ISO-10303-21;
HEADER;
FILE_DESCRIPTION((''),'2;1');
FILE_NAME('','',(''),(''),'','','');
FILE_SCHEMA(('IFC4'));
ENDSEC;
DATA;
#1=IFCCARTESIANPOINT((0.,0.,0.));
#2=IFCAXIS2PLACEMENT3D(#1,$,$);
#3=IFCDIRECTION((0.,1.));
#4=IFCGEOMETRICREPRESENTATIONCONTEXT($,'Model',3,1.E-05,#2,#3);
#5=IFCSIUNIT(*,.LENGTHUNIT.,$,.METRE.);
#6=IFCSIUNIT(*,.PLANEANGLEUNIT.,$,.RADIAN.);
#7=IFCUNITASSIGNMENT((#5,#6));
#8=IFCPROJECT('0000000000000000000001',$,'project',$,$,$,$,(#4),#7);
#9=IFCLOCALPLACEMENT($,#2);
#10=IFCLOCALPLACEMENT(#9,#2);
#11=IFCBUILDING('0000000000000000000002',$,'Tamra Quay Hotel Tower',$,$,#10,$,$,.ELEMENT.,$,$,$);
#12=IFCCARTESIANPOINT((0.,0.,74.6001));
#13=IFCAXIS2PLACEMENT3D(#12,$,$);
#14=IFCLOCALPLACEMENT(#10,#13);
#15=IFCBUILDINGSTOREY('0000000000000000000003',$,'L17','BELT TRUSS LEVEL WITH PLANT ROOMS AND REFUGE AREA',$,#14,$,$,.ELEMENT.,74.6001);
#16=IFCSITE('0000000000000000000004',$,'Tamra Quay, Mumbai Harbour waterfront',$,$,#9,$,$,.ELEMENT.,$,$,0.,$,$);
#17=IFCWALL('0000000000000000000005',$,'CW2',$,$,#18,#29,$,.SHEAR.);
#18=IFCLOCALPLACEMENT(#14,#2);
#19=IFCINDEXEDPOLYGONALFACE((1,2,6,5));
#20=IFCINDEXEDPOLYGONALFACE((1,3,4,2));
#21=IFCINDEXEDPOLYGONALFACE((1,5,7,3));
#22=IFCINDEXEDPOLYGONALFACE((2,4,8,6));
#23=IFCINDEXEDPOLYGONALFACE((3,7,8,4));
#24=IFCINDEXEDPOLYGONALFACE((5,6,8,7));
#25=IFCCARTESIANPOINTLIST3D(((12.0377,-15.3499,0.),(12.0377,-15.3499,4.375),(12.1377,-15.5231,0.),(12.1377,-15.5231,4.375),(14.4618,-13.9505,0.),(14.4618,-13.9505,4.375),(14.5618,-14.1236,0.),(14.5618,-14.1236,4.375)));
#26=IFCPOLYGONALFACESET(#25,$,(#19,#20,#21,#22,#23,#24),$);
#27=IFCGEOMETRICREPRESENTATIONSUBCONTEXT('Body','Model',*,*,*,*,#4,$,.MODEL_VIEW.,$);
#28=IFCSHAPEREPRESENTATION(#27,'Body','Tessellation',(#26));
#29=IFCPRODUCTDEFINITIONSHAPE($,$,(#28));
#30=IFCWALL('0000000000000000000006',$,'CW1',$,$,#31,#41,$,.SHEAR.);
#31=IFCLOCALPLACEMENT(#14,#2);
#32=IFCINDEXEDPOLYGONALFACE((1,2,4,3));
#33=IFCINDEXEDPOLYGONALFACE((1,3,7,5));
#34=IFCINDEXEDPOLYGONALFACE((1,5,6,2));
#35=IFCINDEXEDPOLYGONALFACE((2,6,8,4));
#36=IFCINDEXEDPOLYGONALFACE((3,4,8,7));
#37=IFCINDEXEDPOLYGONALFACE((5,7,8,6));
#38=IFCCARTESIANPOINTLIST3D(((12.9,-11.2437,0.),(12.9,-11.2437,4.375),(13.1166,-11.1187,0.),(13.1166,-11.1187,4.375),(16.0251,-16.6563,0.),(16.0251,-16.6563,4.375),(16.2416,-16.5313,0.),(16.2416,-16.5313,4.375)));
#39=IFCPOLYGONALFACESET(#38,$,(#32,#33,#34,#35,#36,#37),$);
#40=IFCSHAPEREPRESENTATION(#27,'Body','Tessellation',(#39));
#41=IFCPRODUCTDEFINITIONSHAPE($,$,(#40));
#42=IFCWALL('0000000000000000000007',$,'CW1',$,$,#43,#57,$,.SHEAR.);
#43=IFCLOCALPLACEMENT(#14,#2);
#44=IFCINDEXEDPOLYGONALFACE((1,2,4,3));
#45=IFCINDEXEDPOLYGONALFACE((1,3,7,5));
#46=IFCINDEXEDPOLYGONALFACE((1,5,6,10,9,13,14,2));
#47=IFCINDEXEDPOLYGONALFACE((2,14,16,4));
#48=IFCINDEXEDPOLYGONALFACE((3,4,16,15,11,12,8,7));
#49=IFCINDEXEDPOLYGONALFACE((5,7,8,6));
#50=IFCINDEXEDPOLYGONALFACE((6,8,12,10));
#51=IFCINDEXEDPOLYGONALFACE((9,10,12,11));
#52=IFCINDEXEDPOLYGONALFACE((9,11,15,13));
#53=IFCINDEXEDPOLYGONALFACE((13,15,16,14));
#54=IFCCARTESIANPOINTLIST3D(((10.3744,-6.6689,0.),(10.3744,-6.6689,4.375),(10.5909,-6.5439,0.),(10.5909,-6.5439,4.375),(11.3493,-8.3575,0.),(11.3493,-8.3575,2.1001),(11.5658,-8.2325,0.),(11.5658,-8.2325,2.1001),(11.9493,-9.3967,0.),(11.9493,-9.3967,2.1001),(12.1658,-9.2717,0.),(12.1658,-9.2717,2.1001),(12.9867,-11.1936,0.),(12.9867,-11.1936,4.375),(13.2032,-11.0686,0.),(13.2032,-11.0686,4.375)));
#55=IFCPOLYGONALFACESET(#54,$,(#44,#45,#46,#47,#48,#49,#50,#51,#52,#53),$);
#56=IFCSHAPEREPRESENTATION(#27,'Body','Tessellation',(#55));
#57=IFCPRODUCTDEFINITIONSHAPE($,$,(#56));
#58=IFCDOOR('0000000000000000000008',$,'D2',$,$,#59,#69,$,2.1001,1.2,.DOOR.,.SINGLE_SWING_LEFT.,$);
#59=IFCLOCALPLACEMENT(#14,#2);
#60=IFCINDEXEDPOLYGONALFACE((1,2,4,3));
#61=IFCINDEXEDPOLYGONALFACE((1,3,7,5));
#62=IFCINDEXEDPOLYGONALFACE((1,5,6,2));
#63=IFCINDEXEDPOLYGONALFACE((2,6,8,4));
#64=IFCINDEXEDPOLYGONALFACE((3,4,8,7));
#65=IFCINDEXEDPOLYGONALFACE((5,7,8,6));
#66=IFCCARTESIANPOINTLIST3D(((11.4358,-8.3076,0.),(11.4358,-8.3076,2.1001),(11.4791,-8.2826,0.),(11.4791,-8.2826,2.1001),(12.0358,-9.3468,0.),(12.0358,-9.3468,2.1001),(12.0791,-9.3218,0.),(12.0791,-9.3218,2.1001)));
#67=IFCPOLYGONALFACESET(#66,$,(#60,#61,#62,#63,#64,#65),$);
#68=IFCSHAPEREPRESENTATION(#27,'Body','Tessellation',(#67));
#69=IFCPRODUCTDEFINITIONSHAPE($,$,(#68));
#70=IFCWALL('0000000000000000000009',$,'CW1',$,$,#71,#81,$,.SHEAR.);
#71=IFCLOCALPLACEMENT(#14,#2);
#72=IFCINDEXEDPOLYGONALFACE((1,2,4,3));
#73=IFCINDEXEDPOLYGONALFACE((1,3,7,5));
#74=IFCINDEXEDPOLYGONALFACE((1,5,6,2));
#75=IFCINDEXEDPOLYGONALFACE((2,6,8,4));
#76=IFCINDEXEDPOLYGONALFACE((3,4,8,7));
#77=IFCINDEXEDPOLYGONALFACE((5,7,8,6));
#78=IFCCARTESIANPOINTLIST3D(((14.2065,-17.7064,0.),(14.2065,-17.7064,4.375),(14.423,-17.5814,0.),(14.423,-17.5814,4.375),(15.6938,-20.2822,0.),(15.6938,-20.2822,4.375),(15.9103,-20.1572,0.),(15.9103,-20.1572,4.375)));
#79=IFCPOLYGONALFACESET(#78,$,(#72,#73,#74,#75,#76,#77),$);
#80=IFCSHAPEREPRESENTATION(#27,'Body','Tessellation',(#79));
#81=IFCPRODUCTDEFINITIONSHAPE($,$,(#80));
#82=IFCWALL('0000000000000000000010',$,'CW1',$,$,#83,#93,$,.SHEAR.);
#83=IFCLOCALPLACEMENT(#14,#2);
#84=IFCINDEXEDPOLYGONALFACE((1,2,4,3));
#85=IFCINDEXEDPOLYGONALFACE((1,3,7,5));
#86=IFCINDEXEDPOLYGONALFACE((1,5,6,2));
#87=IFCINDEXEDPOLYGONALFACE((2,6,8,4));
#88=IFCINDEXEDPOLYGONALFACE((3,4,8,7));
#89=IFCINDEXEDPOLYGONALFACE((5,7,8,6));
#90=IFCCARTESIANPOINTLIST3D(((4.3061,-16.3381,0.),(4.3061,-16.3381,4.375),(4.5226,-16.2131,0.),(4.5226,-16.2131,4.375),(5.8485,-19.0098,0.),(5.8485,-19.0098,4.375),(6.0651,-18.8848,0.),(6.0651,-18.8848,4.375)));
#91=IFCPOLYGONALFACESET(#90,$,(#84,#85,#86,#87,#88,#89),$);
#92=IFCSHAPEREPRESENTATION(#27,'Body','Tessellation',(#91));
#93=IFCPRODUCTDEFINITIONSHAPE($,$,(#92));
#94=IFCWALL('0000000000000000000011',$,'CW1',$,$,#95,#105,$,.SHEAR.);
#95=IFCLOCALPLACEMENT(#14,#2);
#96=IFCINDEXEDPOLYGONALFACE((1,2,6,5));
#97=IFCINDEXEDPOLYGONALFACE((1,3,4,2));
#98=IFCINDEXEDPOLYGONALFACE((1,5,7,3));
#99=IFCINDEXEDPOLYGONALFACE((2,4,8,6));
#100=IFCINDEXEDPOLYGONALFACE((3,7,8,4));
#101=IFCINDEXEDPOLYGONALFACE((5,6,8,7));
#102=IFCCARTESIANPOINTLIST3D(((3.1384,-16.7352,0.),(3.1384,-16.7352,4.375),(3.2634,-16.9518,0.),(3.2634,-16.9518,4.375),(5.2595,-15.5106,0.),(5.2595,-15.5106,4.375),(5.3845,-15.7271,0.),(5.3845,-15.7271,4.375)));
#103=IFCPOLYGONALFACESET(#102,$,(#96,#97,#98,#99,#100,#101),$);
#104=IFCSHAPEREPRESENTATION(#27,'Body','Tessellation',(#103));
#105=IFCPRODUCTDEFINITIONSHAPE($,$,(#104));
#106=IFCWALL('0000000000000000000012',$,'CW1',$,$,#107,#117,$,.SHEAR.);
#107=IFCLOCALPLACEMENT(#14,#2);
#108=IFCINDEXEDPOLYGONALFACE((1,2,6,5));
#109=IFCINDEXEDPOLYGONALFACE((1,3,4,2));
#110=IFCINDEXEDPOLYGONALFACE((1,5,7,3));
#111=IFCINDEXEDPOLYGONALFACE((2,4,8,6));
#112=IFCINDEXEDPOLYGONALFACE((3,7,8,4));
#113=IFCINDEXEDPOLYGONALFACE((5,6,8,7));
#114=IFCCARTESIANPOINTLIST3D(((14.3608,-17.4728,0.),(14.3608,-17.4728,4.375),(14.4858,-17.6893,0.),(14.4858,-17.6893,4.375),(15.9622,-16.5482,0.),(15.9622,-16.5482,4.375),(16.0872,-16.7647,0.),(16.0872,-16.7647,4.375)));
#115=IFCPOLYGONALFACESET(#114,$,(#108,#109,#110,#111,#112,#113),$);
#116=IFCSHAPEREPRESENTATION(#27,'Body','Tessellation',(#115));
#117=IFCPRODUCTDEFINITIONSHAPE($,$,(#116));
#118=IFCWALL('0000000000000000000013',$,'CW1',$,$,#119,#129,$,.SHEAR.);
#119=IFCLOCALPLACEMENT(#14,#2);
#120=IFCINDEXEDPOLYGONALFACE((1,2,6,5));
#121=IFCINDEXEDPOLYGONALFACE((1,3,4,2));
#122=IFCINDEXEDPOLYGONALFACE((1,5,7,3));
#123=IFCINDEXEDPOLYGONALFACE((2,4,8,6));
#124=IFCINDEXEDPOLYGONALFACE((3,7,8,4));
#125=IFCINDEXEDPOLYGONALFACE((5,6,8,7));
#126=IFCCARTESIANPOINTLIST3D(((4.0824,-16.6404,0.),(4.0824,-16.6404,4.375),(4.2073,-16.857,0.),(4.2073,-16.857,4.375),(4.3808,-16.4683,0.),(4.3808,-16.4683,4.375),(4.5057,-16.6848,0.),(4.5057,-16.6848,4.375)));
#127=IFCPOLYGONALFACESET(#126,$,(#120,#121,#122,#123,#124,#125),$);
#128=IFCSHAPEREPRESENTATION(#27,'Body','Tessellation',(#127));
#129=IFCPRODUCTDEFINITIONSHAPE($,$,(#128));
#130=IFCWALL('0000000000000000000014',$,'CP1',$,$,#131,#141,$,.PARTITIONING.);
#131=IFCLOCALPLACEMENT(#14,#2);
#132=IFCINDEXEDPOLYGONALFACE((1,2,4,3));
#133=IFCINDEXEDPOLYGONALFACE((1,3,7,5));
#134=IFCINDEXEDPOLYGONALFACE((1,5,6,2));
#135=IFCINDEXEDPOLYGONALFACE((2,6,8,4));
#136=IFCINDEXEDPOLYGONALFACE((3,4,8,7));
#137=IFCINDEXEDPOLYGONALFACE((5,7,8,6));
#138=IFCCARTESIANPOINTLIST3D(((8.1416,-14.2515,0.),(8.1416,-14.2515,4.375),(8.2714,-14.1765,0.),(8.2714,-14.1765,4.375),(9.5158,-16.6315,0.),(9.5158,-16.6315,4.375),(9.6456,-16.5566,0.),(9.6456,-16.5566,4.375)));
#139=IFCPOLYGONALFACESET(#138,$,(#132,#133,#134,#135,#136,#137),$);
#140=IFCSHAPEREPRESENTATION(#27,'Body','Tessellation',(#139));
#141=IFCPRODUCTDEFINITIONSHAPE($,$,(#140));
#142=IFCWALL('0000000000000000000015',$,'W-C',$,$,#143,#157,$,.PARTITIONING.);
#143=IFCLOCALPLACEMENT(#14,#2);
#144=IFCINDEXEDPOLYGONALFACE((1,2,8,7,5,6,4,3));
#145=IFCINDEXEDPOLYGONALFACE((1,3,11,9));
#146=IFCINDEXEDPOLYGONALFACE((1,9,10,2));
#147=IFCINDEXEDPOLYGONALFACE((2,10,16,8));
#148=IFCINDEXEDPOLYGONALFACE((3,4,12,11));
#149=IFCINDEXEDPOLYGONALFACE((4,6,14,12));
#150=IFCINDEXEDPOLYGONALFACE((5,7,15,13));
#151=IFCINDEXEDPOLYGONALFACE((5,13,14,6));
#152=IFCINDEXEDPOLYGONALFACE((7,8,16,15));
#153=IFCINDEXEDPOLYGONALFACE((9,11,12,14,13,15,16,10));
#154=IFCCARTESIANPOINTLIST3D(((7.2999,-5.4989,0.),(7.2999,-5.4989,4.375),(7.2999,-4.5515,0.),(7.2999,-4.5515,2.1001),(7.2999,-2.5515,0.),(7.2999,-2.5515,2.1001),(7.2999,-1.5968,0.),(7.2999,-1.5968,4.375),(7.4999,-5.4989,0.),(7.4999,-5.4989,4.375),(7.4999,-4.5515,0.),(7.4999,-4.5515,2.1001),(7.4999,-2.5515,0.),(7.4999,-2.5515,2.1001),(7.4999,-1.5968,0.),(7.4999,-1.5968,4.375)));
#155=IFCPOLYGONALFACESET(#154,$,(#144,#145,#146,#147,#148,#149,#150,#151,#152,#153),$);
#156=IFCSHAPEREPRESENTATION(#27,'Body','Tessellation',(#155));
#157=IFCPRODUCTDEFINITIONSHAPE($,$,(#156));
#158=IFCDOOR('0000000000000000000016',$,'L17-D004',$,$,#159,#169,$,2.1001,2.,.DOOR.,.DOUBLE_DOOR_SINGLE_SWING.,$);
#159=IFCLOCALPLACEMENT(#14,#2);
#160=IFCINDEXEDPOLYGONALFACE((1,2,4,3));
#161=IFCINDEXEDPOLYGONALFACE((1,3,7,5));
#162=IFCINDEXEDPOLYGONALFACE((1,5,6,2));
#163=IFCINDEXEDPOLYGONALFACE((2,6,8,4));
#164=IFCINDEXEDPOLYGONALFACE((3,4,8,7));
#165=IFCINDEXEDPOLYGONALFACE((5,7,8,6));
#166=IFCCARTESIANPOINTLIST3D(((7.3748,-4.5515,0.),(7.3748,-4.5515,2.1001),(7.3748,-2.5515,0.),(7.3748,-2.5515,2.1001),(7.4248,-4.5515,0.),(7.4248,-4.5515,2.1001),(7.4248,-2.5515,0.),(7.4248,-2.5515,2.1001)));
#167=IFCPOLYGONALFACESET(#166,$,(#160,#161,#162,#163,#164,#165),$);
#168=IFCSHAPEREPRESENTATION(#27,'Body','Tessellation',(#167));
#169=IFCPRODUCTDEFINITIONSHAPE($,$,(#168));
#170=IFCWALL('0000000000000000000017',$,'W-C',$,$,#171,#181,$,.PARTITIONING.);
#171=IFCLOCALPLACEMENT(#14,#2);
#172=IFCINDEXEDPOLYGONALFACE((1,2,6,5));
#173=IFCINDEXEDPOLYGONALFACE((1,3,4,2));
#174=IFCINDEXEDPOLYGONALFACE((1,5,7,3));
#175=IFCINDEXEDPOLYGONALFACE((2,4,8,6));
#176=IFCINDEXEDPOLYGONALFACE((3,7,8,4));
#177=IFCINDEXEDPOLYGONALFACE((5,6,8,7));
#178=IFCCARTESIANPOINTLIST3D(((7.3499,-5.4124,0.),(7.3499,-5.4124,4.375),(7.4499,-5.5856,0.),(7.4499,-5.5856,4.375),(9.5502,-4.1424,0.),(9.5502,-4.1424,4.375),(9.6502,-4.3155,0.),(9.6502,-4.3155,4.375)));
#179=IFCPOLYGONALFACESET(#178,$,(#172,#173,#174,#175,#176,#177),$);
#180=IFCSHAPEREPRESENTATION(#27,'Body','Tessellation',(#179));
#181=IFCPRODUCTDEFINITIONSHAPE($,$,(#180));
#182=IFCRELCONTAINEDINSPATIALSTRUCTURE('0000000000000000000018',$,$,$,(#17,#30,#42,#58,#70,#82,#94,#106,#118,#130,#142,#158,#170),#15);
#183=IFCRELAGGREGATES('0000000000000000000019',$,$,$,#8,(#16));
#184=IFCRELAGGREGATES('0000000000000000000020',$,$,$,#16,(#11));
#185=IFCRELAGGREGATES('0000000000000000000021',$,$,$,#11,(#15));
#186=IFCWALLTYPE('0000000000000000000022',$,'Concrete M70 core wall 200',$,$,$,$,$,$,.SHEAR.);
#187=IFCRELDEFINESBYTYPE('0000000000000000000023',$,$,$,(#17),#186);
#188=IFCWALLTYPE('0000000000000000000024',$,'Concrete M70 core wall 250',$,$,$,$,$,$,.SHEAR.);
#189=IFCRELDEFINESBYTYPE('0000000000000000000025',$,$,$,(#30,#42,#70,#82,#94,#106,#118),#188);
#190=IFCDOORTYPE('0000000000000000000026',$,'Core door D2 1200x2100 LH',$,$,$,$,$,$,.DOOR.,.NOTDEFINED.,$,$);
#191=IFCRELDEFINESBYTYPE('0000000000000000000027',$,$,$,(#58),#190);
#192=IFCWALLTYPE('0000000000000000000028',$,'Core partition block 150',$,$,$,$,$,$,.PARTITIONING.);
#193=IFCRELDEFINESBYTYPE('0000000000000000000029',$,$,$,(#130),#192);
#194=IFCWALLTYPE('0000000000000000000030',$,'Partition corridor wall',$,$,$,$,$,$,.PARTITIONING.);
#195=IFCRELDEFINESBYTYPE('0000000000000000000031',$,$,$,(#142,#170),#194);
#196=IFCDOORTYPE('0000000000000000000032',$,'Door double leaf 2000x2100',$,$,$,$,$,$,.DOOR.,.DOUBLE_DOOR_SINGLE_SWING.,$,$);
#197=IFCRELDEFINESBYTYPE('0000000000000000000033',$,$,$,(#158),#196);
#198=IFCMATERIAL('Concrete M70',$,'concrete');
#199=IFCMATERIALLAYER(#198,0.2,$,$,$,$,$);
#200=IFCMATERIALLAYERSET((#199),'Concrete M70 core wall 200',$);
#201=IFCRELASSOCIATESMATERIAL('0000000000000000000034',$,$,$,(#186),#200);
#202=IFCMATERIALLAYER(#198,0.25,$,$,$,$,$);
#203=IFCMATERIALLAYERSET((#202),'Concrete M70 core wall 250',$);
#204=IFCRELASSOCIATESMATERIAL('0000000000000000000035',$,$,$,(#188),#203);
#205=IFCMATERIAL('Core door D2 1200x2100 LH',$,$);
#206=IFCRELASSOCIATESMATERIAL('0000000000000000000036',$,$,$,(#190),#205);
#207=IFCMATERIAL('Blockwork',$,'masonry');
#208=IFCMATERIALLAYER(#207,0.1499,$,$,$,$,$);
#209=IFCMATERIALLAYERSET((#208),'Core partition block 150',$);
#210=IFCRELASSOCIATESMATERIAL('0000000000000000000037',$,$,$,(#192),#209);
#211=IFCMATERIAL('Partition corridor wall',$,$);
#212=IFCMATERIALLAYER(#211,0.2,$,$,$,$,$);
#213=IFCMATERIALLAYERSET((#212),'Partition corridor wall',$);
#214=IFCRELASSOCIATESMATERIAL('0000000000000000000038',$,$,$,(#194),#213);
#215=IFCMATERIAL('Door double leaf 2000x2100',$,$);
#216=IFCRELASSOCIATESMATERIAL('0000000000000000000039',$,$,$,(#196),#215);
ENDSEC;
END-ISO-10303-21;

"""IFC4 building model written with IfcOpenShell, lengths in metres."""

from ifc_helpers import new_model, si_unit, direction, frame, frame_2d, origin, place, context, subcontext, project, spatial, rectangle, extrude, material, layer, layer_set, type_object, element, fill, save


model = new_model("IFC4")

# Units and contexts
model_context = context("Model", 3, precision=1e-05, world=origin(), true_north=direction((0.0, 1.0)))
body_context = subcontext(model_context, "Body", "Model", "MODEL_VIEW")
ifc_project = project(units=[si_unit("LENGTHUNIT", "METRE"), si_unit("PLANEANGLEUNIT", "RADIAN")], contexts=[model_context])

# Site, building, storey
site_placement = place(None, origin())
site = spatial("IfcSite", under=ifc_project, at=site_placement, Name="Tamra Quay, Mumbai Harbour waterfront", CompositionType="ELEMENT", RefElevation=0.0)
building_placement = place(site_placement, origin())
building = spatial("IfcBuilding", under=site, at=building_placement, Name="Tamra Quay Hotel Tower", CompositionType="ELEMENT")
storey_placement = place(building_placement, frame((0.0, 0.0, 74.6001)))
storey = spatial("IfcBuildingStorey", under=building, at=storey_placement, Name="L17", Description="BELT TRUSS LEVEL WITH PLANT ROOMS AND REFUGE AREA", CompositionType="ELEMENT", Elevation=74.6001)

# Shared definitions
ifc_material_1 = material(Name="Concrete M70", Category="concrete")
ifc_layer_1 = layer(ifc_material_1, 0.2)
ifc_layer_set_1 = layer_set([ifc_layer_1], Name="Concrete M70 core wall 200")
wall_type_1 = type_object("IfcWallType", Name="Concrete M70 core wall 200", PredefinedType="SHEAR", material=ifc_layer_set_1)

# Walls
wall_1_placement = place(storey_placement, frame((14.5117, -14.0371, 0.0), z_axis=(0.0, 0.0, 1.0), x_axis=(-0.866045, -0.499967, 0.0)))
element("IfcWall", 1, at=wall_1_placement, inside=storey, type_object=wall_type_1, Name="CW2", PredefinedType="SHEAR", context=body_context, shape_type="SweptSolid", body=[
    extrude(rectangle(XDim=2.7991, YDim=0.2, at=frame_2d((1.3994, 0.0))), origin(), (0.0, 0.0, 1.0), 4.375),
])
ifc_layer_2 = layer(ifc_material_1, 0.25)
ifc_layer_set_2 = layer_set([ifc_layer_2], Name="Concrete M70 core wall 250")
wall_type_2 = type_object("IfcWallType", Name="Concrete M70 core wall 250", PredefinedType="SHEAR", material=ifc_layer_set_2)
wall_2_placement = place(storey_placement, frame((13.0083, -11.1812, 0.0), z_axis=(0.0, 0.0, 1.0), x_axis=(0.500004, -0.866023, 0.0)))
element("IfcWall", 2, at=wall_2_placement, inside=storey, type_object=wall_type_2, Name="CW1", PredefinedType="SHEAR", context=body_context, shape_type="SweptSolid", body=[
    extrude(rectangle(XDim=6.25, YDim=0.25, at=frame_2d((3.125, 0.0))), origin(), (0.0, 0.0, 1.0), 4.375),
])

# Wall, opening, door
wall_3_placement = place(storey_placement, frame((10.4827, -6.6064, 0.0), z_axis=(0.0, 0.0, 1.0), x_axis=(0.499999, -0.866026, 0.0)))
wall_3 = element("IfcWall", 3, at=wall_3_placement, inside=storey, type_object=wall_type_2, Name="CW1", PredefinedType="SHEAR", context=body_context, shape_type="SweptSolid", body=[
    extrude(rectangle(XDim=5.2246, YDim=0.25, at=frame_2d((2.6123, 0.0))), origin(), (0.0, 0.0, 1.0), 4.375),
])
opening_1_placement = place(wall_3_placement, frame((1.9497, 0.0, 0.0)))
opening_1 = element("IfcOpeningElement", 4, at=opening_1_placement, cuts=wall_3, PredefinedType="OPENING", context=body_context, shape_type="SweptSolid", body=[
    extrude(rectangle(XDim=1.2, YDim=2.1001, at=frame_2d((0.6001, 1.05))), frame((0.0, 0.135, 0.0), z_axis=(0.0, -1.0, 0.0), x_axis=(1.0, 0.0, 0.0)), (0.0, 0.0, 1.0), 0.27),
])
ifc_material_2 = material(Name="Core door D2 1200x2100 LH")
door_type_1 = type_object("IfcDoorType", Name="Core door D2 1200x2100 LH", OperationType="NOTDEFINED", PredefinedType="DOOR", material=ifc_material_2)
door_1_placement = place(opening_1_placement, origin())
door_1 = element("IfcDoor", 5, at=door_1_placement, inside=storey, type_object=door_type_1, Name="D2", OperationType="SINGLE_SWING_LEFT", OverallHeight=2.1001, OverallWidth=1.2, PredefinedType="DOOR", context=body_context, shape_type="SweptSolid", body=[
    extrude(rectangle(XDim=1.2, YDim=2.1001, at=frame_2d((0.6001, 1.05))), frame((0.0, 0.0249, 0.0), z_axis=(0.0, -1.0, 0.0), x_axis=(1.0, 0.0, 0.0)), (0.0, 0.0, 1.0), 0.05),
])
fill(opening_1, door_1)

# Walls
wall_4_placement = place(storey_placement, frame((14.3147, -17.6438, 0.0), z_axis=(0.0, 0.0, 1.0), x_axis=(0.500023, -0.866012, 0.0)))
element("IfcWall", 6, at=wall_4_placement, inside=storey, type_object=wall_type_2, Name="CW1", PredefinedType="SHEAR", context=body_context, shape_type="SweptSolid", body=[
    extrude(rectangle(XDim=2.9744, YDim=0.25, at=frame_2d((1.4873, 0.0))), origin(), (0.0, 0.0, 1.0), 4.375),
])
wall_5_placement = place(storey_placement, frame((4.4143, -16.2756, 0.0), z_axis=(0.0, 0.0, 1.0), x_axis=(0.500003, -0.866023, 0.0)))
element("IfcWall", 7, at=wall_5_placement, inside=storey, type_object=wall_type_2, Name="CW1", PredefinedType="SHEAR", context=body_context, shape_type="SweptSolid", body=[
    extrude(rectangle(XDim=3.085, YDim=0.25, at=frame_2d((1.5425, 0.0))), origin(), (0.0, 0.0, 1.0), 4.375),
])
wall_6_placement = place(storey_placement, frame((5.322, -15.6189, 0.0), z_axis=(0.0, 0.0, 1.0), x_axis=(-0.866026, -0.499999, 0.0)))
element("IfcWall", 8, at=wall_6_placement, inside=storey, type_object=wall_type_2, Name="CW1", PredefinedType="SHEAR", context=body_context, shape_type="SweptSolid", body=[
    extrude(rectangle(XDim=2.4492, YDim=0.25, at=frame_2d((1.2246, 0.0))), origin(), (0.0, 0.0, 1.0), 4.375),
])
wall_7_placement = place(storey_placement, frame((16.0247, -16.6565, 0.0), z_axis=(0.0, 0.0, 1.0), x_axis=(-0.866016, -0.500016, 0.0)))
element("IfcWall", 9, at=wall_7_placement, inside=storey, type_object=wall_type_2, Name="CW1", PredefinedType="SHEAR", context=body_context, shape_type="SweptSolid", body=[
    extrude(rectangle(XDim=1.8491, YDim=0.25, at=frame_2d((0.9246, 0.0))), origin(), (0.0, 0.0, 1.0), 4.375),
])
wall_8_placement = place(storey_placement, frame((4.1448, -16.7488, 0.0), z_axis=(0.0, 0.0, 1.0), x_axis=(0.866186, 0.499722, 0.0)))
element("IfcWall", 10, at=wall_8_placement, inside=storey, type_object=wall_type_2, Name="CW1", PredefinedType="SHEAR", context=body_context, shape_type="SweptSolid", body=[
    extrude(rectangle(XDim=0.3445, YDim=0.25, at=frame_2d((0.1724, 0.0))), origin(), (0.0, 0.0, 1.0), 4.375),
])
ifc_material_3 = material(Name="Blockwork", Category="masonry")
ifc_layer_3 = layer(ifc_material_3, 0.1499)
ifc_layer_set_3 = layer_set([ifc_layer_3], Name="Core partition block 150")
wall_type_3 = type_object("IfcWallType", Name="Core partition block 150", PredefinedType="PARTITIONING", material=ifc_layer_set_3)
wall_9_placement = place(storey_placement, frame((8.2065, -14.2141, 0.0), z_axis=(0.0, 0.0, 1.0), x_axis=(0.500027, -0.86601, 0.0)))
element("IfcWall", 11, at=wall_9_placement, inside=storey, type_object=wall_type_3, Name="CP1", PredefinedType="PARTITIONING", context=body_context, shape_type="SweptSolid", body=[
    extrude(rectangle(XDim=2.7483, YDim=0.1499, at=frame_2d((1.374, 0.0))), origin(), (0.0, 0.0, 1.0), 4.375),
])

# Wall, opening, door
ifc_material_4 = material(Name="Partition corridor wall")
ifc_layer_4 = layer(ifc_material_4, 0.2)
ifc_layer_set_4 = layer_set([ifc_layer_4], Name="Partition corridor wall")
wall_type_4 = type_object("IfcWallType", Name="Partition corridor wall", PredefinedType="PARTITIONING", material=ifc_layer_set_4)
wall_10_placement = place(storey_placement, frame((7.3999, -5.499, 0.0), z_axis=(0.0, 0.0, 1.0), x_axis=(0.0, 1.0, 0.0)))
wall_10 = element("IfcWall", 12, at=wall_10_placement, inside=storey, type_object=wall_type_4, Name="W-C", PredefinedType="PARTITIONING", context=body_context, shape_type="SweptSolid", body=[
    extrude(rectangle(XDim=3.9021, YDim=0.2, at=frame_2d((1.9512, 0.0))), origin(), (0.0, 0.0, 1.0), 4.375),
])
opening_2_placement = place(wall_10_placement, frame((0.9475, 0.0, 0.0)))
opening_2 = element("IfcOpeningElement", 13, at=opening_2_placement, cuts=wall_10, PredefinedType="OPENING", context=body_context, shape_type="SweptSolid", body=[
    extrude(rectangle(XDim=2.0, YDim=2.1001, at=frame_2d((1.0, 1.05))), frame((0.0, 0.1099, 0.0), z_axis=(0.0, -1.0, 0.0), x_axis=(1.0, 0.0, 0.0)), (0.0, 0.0, 1.0), 0.22),
])
ifc_material_5 = material(Name="Door double leaf 2000x2100")
door_type_2 = type_object("IfcDoorType", Name="Door double leaf 2000x2100", OperationType="DOUBLE_DOOR_SINGLE_SWING", PredefinedType="DOOR", material=ifc_material_5)
door_2_placement = place(opening_2_placement, frame((2.0, 0.0, 0.0), z_axis=(0.0, 0.0, 1.0), x_axis=(-1.0, 0.0, 0.0)))
door_2 = element("IfcDoor", 14, at=door_2_placement, inside=storey, type_object=door_type_2, Name="L17-D004", OperationType="DOUBLE_DOOR_SINGLE_SWING", OverallHeight=2.1001, OverallWidth=2.0, PredefinedType="DOOR", context=body_context, shape_type="SweptSolid", body=[
    extrude(rectangle(XDim=2.0, YDim=2.1001, at=frame_2d((1.0, 1.05))), frame((0.0, 0.0249, 0.0), z_axis=(0.0, -1.0, 0.0), x_axis=(1.0, 0.0, 0.0)), (0.0, 0.0, 1.0), 0.05),
])
fill(opening_2, door_2)

# Wall
wall_11_placement = place(storey_placement, frame((7.3999, -5.499, 0.0), z_axis=(0.0, 0.0, 1.0), x_axis=(0.86607, 0.499922, 0.0)))
element("IfcWall", 15, at=wall_11_placement, inside=storey, type_object=wall_type_4, Name="W-C", PredefinedType="PARTITIONING", context=body_context, shape_type="SweptSolid", body=[
    extrude(rectangle(XDim=2.5405, YDim=0.2, at=frame_2d((1.2703, 0.0))), origin(), (0.0, 0.0, 1.0), 4.375),
])

save(model, "model.ifc")
